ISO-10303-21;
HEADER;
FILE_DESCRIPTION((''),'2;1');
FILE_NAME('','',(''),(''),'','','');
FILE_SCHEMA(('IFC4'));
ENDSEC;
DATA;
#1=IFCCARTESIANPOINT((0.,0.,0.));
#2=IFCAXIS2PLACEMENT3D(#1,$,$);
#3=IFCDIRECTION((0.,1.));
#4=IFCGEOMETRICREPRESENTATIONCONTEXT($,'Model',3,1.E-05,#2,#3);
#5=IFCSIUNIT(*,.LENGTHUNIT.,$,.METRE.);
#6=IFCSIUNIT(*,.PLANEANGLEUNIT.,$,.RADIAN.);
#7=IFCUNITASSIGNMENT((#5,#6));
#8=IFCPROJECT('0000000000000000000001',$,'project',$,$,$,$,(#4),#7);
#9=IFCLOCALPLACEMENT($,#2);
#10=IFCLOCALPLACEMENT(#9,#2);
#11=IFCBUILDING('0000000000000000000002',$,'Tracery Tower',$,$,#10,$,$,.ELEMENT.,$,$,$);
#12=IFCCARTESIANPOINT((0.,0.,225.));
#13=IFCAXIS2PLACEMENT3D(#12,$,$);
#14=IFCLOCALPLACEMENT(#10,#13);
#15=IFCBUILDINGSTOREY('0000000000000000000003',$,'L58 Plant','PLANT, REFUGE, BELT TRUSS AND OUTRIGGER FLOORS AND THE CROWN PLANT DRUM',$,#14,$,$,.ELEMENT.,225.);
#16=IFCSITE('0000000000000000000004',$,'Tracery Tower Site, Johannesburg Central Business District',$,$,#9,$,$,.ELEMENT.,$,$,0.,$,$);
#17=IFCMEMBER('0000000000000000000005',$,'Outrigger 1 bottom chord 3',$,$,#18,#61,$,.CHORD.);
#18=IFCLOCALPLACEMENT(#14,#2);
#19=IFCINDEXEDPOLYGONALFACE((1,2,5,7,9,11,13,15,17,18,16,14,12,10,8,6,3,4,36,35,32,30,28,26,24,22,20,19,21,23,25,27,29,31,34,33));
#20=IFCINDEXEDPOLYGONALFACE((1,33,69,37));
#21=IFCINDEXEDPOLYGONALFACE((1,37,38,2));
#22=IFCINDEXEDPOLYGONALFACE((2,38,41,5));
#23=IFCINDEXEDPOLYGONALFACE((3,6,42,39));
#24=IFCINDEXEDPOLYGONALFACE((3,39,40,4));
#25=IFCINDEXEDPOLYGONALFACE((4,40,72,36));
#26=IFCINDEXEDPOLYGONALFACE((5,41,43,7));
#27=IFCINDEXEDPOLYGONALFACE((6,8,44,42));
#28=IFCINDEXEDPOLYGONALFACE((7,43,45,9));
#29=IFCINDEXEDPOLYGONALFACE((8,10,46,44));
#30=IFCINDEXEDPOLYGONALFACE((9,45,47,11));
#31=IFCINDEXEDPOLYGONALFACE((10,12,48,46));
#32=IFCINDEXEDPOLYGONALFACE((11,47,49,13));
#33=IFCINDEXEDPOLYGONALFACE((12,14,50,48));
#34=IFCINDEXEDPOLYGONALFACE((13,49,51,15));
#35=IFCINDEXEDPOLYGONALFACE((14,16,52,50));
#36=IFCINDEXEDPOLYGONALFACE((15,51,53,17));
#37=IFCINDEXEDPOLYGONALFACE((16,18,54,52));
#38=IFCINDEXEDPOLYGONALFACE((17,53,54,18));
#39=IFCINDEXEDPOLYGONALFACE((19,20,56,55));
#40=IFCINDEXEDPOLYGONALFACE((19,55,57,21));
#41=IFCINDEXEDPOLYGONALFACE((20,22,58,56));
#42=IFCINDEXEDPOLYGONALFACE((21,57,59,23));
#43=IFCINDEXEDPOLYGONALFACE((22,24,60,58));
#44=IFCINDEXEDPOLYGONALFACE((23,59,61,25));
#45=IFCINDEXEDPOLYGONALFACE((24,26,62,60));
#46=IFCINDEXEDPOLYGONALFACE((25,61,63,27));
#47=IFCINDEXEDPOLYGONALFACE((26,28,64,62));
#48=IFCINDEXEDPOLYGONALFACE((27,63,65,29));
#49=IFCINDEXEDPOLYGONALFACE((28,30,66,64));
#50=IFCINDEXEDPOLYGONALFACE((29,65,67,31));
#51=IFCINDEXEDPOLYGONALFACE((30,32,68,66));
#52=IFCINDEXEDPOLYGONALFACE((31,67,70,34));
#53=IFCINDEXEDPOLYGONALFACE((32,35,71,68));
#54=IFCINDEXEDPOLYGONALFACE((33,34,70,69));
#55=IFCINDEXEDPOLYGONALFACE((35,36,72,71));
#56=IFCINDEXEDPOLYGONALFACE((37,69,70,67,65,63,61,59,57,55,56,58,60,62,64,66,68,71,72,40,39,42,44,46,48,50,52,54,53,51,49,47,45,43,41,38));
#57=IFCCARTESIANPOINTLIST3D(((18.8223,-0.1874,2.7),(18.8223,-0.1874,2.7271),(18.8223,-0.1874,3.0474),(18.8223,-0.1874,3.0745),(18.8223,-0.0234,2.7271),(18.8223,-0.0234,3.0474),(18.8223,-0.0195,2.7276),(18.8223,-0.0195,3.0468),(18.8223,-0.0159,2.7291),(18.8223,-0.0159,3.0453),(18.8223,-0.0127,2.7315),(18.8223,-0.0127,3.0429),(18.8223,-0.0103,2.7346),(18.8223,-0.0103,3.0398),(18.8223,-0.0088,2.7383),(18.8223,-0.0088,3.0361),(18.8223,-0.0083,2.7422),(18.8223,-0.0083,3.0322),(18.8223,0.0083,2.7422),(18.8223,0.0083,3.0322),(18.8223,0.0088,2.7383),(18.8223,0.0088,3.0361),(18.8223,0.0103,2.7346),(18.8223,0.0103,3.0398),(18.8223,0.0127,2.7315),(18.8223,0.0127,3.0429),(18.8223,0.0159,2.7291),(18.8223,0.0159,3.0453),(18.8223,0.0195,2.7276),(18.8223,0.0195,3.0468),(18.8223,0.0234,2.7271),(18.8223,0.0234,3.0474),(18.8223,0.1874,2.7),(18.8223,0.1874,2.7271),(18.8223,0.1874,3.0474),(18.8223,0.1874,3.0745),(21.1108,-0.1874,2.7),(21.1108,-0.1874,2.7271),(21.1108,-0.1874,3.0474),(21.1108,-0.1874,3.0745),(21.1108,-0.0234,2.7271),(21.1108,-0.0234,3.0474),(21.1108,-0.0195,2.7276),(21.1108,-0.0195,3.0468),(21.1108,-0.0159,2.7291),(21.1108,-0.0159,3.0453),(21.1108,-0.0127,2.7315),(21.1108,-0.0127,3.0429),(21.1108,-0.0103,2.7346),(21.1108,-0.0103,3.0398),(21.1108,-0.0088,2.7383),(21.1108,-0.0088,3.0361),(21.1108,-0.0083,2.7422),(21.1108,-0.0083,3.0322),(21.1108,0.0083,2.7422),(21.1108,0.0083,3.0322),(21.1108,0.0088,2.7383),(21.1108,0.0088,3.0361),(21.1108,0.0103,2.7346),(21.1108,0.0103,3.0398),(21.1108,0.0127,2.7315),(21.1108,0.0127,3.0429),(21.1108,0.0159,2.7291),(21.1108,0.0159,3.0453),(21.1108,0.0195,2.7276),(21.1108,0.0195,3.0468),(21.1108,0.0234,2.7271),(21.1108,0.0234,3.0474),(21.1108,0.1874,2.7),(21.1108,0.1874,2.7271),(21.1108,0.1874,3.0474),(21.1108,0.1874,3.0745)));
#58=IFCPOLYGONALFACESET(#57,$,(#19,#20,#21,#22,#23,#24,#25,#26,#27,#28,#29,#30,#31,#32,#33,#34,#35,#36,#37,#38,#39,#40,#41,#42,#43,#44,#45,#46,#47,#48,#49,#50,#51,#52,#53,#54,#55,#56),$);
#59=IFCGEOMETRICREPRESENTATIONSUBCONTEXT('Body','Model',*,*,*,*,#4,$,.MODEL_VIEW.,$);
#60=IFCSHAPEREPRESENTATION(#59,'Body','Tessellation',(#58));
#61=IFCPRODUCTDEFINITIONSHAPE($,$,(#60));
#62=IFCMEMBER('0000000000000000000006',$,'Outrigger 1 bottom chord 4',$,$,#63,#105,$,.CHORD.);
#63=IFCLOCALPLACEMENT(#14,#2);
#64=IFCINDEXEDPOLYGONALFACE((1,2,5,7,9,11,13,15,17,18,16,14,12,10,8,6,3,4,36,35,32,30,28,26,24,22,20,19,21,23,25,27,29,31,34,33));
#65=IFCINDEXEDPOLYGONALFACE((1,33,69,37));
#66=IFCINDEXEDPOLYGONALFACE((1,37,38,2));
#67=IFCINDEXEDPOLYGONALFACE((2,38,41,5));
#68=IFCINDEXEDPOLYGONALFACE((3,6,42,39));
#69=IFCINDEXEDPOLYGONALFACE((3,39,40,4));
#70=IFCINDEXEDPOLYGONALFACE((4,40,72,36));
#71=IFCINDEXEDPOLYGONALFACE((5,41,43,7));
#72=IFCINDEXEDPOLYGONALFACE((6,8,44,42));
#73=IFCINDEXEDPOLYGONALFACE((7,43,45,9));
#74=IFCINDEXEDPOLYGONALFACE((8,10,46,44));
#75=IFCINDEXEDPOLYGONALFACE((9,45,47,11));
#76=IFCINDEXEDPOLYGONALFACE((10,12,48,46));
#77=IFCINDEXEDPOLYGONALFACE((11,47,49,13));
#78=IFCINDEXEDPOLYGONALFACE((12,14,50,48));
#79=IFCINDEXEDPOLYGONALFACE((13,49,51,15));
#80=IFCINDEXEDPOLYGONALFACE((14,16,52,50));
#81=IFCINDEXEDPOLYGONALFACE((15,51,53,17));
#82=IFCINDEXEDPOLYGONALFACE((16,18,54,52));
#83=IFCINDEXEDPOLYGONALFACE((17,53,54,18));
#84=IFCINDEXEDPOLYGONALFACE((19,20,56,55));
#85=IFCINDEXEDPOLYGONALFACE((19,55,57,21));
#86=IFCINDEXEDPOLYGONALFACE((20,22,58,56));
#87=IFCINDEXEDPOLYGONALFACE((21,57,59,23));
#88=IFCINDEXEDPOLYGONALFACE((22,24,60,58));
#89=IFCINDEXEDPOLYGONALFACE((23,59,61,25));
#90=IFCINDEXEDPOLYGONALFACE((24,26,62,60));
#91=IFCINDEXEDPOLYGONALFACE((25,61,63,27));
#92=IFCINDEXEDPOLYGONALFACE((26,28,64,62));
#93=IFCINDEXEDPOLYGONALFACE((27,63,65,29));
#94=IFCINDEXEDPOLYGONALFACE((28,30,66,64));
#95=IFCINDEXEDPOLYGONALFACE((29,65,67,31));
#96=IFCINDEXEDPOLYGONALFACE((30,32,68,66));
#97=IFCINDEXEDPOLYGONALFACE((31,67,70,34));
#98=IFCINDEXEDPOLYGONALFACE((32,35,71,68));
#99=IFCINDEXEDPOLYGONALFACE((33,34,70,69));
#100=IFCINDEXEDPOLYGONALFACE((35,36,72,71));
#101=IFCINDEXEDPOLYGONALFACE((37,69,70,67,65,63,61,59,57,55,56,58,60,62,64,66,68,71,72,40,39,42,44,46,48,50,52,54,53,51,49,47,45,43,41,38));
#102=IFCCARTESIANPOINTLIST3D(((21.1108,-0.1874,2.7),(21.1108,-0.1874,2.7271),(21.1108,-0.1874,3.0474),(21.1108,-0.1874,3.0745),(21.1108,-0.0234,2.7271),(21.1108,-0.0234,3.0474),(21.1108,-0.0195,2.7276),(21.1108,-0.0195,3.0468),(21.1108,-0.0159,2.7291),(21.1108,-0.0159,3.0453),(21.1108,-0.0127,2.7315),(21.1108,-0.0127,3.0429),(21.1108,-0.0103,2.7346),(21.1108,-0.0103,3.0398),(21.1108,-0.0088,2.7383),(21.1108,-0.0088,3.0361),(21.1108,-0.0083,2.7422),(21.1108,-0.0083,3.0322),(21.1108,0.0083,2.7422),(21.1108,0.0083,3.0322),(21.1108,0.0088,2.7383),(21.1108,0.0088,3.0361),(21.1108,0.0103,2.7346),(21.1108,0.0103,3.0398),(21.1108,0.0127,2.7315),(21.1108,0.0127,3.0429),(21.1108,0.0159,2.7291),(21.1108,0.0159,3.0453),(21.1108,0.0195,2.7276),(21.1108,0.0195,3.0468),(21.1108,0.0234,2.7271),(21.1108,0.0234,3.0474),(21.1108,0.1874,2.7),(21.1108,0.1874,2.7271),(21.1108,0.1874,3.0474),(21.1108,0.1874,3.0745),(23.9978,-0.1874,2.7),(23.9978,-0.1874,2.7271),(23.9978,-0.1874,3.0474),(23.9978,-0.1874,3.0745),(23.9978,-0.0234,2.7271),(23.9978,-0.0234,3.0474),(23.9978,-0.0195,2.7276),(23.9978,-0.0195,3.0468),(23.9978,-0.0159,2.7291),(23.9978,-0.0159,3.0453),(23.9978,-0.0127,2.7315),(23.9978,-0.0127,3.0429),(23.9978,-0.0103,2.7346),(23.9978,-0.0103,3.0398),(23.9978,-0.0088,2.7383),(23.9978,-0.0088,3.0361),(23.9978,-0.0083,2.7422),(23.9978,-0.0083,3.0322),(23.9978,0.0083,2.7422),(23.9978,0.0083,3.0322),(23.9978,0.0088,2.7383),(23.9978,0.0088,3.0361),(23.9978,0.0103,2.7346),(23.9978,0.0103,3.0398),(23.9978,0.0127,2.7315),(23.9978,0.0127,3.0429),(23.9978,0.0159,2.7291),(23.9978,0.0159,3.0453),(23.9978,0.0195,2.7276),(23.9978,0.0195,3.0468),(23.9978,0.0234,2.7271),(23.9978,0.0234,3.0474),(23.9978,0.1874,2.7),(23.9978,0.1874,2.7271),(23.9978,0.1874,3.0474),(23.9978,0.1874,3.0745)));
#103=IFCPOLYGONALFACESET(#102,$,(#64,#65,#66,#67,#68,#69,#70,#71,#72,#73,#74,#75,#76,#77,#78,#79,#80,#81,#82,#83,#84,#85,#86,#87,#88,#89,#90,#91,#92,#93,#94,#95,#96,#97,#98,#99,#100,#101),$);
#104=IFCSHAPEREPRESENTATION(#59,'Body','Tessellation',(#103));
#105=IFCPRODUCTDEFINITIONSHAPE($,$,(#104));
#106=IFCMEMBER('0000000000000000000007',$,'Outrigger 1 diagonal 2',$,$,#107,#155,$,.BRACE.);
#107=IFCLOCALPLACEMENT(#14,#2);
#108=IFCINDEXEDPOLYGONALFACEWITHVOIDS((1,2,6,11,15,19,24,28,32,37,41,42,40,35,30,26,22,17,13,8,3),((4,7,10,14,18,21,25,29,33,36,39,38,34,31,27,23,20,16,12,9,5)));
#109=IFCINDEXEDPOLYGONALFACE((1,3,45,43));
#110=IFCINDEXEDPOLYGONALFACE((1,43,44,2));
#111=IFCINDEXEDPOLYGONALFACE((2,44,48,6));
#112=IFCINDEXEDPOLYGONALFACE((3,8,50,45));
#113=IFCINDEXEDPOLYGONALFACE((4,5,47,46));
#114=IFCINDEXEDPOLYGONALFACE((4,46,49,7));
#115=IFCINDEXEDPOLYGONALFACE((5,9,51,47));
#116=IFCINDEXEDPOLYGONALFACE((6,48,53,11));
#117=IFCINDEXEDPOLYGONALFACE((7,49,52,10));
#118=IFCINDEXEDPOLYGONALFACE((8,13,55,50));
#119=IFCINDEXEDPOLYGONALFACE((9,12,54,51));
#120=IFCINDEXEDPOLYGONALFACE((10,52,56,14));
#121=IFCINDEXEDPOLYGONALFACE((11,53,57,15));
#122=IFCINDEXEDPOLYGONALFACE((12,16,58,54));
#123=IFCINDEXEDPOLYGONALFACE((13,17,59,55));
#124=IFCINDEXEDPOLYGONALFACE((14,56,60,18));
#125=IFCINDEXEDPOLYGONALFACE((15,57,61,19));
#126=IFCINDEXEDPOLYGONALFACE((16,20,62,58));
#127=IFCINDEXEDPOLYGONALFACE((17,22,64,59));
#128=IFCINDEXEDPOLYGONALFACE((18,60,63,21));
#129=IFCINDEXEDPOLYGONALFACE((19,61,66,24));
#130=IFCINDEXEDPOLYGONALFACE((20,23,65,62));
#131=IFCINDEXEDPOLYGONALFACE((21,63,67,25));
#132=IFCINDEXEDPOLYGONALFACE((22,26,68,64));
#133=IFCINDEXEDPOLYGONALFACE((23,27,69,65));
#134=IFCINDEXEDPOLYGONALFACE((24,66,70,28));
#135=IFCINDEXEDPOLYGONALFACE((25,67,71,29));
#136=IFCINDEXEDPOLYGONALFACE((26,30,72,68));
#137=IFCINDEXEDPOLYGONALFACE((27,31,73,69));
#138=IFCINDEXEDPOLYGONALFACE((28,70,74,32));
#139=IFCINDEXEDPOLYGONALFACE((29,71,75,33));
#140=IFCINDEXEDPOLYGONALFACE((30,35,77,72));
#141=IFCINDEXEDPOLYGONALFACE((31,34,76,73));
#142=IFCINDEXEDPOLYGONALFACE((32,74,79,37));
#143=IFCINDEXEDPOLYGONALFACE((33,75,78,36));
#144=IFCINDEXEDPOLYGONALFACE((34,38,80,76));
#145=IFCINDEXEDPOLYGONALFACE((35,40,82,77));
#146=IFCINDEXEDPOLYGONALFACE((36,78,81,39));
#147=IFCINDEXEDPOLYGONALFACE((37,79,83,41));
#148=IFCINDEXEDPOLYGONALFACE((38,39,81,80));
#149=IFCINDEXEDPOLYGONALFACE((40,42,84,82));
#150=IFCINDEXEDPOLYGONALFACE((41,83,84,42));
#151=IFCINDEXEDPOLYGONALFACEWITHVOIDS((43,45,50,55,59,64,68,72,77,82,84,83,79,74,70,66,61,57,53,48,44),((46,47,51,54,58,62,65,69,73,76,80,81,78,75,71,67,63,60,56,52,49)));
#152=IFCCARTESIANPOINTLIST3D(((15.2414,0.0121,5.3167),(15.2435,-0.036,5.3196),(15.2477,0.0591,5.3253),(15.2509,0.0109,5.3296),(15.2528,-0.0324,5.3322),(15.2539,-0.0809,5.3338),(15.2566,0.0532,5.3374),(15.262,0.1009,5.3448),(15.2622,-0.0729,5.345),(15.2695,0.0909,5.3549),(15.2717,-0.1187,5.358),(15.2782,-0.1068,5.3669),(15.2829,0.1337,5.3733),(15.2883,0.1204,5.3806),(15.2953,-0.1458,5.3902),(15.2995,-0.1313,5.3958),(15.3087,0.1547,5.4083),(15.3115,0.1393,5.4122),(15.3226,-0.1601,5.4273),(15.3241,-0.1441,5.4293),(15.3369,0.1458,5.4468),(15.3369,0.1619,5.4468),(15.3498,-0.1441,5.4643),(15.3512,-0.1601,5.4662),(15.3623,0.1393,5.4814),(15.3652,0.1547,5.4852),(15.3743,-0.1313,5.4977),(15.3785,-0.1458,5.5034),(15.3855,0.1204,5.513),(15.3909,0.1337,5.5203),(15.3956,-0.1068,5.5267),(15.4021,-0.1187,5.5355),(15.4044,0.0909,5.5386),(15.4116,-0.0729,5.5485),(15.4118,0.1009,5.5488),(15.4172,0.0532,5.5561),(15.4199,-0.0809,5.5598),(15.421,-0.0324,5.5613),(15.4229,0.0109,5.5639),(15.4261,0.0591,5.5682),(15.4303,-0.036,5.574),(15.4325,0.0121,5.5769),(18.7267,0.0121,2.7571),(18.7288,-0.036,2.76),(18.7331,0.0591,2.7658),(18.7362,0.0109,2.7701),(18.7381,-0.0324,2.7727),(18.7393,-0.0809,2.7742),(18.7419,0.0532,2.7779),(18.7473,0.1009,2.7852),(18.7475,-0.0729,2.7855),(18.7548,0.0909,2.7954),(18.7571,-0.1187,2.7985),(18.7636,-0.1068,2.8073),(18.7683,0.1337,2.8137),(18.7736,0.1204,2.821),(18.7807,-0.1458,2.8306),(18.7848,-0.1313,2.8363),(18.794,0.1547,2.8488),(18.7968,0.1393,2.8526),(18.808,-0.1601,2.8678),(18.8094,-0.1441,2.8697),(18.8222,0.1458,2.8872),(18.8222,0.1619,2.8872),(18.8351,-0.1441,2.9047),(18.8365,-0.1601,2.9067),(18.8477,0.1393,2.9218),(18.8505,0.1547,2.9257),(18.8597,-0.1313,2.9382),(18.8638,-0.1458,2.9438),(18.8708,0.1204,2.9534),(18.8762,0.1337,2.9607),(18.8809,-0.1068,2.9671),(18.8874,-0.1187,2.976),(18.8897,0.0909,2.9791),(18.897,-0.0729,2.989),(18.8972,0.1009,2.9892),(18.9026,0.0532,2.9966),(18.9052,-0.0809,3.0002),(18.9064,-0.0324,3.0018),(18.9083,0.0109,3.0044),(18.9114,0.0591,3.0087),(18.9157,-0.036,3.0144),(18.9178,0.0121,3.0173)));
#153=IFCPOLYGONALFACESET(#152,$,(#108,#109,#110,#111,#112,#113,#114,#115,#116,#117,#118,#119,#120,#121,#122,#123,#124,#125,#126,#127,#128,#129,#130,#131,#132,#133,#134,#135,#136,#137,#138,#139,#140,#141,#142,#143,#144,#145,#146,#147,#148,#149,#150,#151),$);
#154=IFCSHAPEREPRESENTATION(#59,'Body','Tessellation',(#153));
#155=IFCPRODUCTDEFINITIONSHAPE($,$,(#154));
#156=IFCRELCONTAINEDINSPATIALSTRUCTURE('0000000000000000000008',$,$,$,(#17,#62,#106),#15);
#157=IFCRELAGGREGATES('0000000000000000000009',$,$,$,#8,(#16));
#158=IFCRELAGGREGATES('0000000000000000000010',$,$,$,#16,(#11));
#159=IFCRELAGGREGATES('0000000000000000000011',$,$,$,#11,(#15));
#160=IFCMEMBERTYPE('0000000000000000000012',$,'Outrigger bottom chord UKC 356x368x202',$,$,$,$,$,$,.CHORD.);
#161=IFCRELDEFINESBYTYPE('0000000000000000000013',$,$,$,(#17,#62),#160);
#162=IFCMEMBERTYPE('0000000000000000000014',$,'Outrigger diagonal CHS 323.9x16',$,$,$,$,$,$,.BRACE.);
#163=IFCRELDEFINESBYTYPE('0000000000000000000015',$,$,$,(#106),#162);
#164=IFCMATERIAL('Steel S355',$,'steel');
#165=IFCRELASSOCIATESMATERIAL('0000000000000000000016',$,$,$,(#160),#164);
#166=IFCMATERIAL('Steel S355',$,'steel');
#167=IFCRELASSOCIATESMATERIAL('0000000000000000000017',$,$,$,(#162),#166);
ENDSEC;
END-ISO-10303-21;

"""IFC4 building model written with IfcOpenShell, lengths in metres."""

from ifc_helpers import new_model, si_unit, direction, frame, origin, origin_2d, place, context, subcontext, project, spatial, hollow_circle, i_section, extrude, material, material_profile, profile_set, type_object, element, save


model = new_model("IFC4")

# Units and contexts
model_context = context("Model", 3, precision=1e-05, world=origin(), true_north=direction((0.0, 1.0)))
body_context = subcontext(model_context, "Body", "Model", "MODEL_VIEW")
ifc_project = project(units=[si_unit("LENGTHUNIT", "METRE"), si_unit("PLANEANGLEUNIT", "RADIAN")], contexts=[model_context])

# Site, building, storey
site_placement = place(None, origin())
site = spatial("IfcSite", under=ifc_project, at=site_placement, Name="Tracery Tower Site, Johannesburg Central Business District", CompositionType="ELEMENT", RefElevation=0.0)
building_placement = place(site_placement, origin())
building = spatial("IfcBuilding", under=site, at=building_placement, Name="Tracery Tower", CompositionType="ELEMENT")
storey_placement = place(building_placement, frame((0.0, 0.0, 225.0)))
storey = spatial("IfcBuildingStorey", under=building, at=storey_placement, Name="L58 Plant", Description="PLANT, REFUGE, BELT TRUSS AND OUTRIGGER FLOORS AND THE CROWN PLANT DRUM", CompositionType="ELEMENT", Elevation=225.0)

# Members
ifc_material_1 = material(Name="Steel S355", Category="steel")
ifc_material_profile_1 = material_profile(ifc_material_1, i_section(OverallWidth=0.3748, OverallDepth=0.3745, WebThickness=0.0166, FlangeThickness=0.0271, FilletRadius=0.0151, at=origin_2d()), Name="UKC 356x368x202")
ifc_profile_set_1 = profile_set([ifc_material_profile_1], Name="Steel S355")
member_type_1 = type_object("IfcMemberType", Name="Outrigger bottom chord UKC 356x368x202", PredefinedType="CHORD", material=ifc_profile_set_1)
member_1_placement = place(storey_placement, frame((18.8223, 0.0, 2.8872), z_axis=(1.0, 0.0, 0.0), x_axis=(0.0, 1.0, 0.0)))
element("IfcMember", 1, at=member_1_placement, inside=storey, type_object=member_type_1, Name="Outrigger 1 bottom chord 3", PredefinedType="CHORD", context=body_context, shape_type="SweptSolid", body=[
    extrude(i_section(OverallWidth=0.3748, OverallDepth=0.3745, WebThickness=0.0166, FlangeThickness=0.0271, FilletRadius=0.0151, at=origin_2d()), origin(), (0.0, 0.0, 1.0), 2.2886),
])
member_2_placement = place(storey_placement, frame((21.1108, 0.0, 2.8872), z_axis=(1.0, 0.0, 0.0), x_axis=(0.0, 1.0, 0.0)))
element("IfcMember", 2, at=member_2_placement, inside=storey, type_object=member_type_1, Name="Outrigger 1 bottom chord 4", PredefinedType="CHORD", context=body_context, shape_type="SweptSolid", body=[
    extrude(i_section(OverallWidth=0.3748, OverallDepth=0.3745, WebThickness=0.0166, FlangeThickness=0.0271, FilletRadius=0.0151, at=origin_2d()), origin(), (0.0, 0.0, 1.0), 2.887),
])
ifc_material_2 = material(Name="Steel S355", Category="steel")
ifc_material_profile_2 = material_profile(ifc_material_2, hollow_circle(Radius=0.1619, WallThickness=0.0161, at=origin_2d()), Name="CHS 323.9x16")
ifc_profile_set_2 = profile_set([ifc_material_profile_2], Name="Steel S355")
member_type_2 = type_object("IfcMemberType", Name="Outrigger diagonal CHS 323.9x16", PredefinedType="BRACE", material=ifc_profile_set_2)
member_3_placement = place(storey_placement, frame((15.3369, 0.0, 5.4468), z_axis=(0.806003, 0.0, -0.591912), x_axis=(0.0, 1.0, 0.0)))
element("IfcMember", 3, at=member_3_placement, inside=storey, type_object=member_type_2, Name="Outrigger 1 diagonal 2", PredefinedType="BRACE", context=body_context, shape_type="SweptSolid", body=[
    extrude(hollow_circle(Radius=0.1619, WallThickness=0.0161, at=origin_2d()), origin(), (0.0, 0.0, 1.0), 4.3242),
])

save(model, "model.ifc")
